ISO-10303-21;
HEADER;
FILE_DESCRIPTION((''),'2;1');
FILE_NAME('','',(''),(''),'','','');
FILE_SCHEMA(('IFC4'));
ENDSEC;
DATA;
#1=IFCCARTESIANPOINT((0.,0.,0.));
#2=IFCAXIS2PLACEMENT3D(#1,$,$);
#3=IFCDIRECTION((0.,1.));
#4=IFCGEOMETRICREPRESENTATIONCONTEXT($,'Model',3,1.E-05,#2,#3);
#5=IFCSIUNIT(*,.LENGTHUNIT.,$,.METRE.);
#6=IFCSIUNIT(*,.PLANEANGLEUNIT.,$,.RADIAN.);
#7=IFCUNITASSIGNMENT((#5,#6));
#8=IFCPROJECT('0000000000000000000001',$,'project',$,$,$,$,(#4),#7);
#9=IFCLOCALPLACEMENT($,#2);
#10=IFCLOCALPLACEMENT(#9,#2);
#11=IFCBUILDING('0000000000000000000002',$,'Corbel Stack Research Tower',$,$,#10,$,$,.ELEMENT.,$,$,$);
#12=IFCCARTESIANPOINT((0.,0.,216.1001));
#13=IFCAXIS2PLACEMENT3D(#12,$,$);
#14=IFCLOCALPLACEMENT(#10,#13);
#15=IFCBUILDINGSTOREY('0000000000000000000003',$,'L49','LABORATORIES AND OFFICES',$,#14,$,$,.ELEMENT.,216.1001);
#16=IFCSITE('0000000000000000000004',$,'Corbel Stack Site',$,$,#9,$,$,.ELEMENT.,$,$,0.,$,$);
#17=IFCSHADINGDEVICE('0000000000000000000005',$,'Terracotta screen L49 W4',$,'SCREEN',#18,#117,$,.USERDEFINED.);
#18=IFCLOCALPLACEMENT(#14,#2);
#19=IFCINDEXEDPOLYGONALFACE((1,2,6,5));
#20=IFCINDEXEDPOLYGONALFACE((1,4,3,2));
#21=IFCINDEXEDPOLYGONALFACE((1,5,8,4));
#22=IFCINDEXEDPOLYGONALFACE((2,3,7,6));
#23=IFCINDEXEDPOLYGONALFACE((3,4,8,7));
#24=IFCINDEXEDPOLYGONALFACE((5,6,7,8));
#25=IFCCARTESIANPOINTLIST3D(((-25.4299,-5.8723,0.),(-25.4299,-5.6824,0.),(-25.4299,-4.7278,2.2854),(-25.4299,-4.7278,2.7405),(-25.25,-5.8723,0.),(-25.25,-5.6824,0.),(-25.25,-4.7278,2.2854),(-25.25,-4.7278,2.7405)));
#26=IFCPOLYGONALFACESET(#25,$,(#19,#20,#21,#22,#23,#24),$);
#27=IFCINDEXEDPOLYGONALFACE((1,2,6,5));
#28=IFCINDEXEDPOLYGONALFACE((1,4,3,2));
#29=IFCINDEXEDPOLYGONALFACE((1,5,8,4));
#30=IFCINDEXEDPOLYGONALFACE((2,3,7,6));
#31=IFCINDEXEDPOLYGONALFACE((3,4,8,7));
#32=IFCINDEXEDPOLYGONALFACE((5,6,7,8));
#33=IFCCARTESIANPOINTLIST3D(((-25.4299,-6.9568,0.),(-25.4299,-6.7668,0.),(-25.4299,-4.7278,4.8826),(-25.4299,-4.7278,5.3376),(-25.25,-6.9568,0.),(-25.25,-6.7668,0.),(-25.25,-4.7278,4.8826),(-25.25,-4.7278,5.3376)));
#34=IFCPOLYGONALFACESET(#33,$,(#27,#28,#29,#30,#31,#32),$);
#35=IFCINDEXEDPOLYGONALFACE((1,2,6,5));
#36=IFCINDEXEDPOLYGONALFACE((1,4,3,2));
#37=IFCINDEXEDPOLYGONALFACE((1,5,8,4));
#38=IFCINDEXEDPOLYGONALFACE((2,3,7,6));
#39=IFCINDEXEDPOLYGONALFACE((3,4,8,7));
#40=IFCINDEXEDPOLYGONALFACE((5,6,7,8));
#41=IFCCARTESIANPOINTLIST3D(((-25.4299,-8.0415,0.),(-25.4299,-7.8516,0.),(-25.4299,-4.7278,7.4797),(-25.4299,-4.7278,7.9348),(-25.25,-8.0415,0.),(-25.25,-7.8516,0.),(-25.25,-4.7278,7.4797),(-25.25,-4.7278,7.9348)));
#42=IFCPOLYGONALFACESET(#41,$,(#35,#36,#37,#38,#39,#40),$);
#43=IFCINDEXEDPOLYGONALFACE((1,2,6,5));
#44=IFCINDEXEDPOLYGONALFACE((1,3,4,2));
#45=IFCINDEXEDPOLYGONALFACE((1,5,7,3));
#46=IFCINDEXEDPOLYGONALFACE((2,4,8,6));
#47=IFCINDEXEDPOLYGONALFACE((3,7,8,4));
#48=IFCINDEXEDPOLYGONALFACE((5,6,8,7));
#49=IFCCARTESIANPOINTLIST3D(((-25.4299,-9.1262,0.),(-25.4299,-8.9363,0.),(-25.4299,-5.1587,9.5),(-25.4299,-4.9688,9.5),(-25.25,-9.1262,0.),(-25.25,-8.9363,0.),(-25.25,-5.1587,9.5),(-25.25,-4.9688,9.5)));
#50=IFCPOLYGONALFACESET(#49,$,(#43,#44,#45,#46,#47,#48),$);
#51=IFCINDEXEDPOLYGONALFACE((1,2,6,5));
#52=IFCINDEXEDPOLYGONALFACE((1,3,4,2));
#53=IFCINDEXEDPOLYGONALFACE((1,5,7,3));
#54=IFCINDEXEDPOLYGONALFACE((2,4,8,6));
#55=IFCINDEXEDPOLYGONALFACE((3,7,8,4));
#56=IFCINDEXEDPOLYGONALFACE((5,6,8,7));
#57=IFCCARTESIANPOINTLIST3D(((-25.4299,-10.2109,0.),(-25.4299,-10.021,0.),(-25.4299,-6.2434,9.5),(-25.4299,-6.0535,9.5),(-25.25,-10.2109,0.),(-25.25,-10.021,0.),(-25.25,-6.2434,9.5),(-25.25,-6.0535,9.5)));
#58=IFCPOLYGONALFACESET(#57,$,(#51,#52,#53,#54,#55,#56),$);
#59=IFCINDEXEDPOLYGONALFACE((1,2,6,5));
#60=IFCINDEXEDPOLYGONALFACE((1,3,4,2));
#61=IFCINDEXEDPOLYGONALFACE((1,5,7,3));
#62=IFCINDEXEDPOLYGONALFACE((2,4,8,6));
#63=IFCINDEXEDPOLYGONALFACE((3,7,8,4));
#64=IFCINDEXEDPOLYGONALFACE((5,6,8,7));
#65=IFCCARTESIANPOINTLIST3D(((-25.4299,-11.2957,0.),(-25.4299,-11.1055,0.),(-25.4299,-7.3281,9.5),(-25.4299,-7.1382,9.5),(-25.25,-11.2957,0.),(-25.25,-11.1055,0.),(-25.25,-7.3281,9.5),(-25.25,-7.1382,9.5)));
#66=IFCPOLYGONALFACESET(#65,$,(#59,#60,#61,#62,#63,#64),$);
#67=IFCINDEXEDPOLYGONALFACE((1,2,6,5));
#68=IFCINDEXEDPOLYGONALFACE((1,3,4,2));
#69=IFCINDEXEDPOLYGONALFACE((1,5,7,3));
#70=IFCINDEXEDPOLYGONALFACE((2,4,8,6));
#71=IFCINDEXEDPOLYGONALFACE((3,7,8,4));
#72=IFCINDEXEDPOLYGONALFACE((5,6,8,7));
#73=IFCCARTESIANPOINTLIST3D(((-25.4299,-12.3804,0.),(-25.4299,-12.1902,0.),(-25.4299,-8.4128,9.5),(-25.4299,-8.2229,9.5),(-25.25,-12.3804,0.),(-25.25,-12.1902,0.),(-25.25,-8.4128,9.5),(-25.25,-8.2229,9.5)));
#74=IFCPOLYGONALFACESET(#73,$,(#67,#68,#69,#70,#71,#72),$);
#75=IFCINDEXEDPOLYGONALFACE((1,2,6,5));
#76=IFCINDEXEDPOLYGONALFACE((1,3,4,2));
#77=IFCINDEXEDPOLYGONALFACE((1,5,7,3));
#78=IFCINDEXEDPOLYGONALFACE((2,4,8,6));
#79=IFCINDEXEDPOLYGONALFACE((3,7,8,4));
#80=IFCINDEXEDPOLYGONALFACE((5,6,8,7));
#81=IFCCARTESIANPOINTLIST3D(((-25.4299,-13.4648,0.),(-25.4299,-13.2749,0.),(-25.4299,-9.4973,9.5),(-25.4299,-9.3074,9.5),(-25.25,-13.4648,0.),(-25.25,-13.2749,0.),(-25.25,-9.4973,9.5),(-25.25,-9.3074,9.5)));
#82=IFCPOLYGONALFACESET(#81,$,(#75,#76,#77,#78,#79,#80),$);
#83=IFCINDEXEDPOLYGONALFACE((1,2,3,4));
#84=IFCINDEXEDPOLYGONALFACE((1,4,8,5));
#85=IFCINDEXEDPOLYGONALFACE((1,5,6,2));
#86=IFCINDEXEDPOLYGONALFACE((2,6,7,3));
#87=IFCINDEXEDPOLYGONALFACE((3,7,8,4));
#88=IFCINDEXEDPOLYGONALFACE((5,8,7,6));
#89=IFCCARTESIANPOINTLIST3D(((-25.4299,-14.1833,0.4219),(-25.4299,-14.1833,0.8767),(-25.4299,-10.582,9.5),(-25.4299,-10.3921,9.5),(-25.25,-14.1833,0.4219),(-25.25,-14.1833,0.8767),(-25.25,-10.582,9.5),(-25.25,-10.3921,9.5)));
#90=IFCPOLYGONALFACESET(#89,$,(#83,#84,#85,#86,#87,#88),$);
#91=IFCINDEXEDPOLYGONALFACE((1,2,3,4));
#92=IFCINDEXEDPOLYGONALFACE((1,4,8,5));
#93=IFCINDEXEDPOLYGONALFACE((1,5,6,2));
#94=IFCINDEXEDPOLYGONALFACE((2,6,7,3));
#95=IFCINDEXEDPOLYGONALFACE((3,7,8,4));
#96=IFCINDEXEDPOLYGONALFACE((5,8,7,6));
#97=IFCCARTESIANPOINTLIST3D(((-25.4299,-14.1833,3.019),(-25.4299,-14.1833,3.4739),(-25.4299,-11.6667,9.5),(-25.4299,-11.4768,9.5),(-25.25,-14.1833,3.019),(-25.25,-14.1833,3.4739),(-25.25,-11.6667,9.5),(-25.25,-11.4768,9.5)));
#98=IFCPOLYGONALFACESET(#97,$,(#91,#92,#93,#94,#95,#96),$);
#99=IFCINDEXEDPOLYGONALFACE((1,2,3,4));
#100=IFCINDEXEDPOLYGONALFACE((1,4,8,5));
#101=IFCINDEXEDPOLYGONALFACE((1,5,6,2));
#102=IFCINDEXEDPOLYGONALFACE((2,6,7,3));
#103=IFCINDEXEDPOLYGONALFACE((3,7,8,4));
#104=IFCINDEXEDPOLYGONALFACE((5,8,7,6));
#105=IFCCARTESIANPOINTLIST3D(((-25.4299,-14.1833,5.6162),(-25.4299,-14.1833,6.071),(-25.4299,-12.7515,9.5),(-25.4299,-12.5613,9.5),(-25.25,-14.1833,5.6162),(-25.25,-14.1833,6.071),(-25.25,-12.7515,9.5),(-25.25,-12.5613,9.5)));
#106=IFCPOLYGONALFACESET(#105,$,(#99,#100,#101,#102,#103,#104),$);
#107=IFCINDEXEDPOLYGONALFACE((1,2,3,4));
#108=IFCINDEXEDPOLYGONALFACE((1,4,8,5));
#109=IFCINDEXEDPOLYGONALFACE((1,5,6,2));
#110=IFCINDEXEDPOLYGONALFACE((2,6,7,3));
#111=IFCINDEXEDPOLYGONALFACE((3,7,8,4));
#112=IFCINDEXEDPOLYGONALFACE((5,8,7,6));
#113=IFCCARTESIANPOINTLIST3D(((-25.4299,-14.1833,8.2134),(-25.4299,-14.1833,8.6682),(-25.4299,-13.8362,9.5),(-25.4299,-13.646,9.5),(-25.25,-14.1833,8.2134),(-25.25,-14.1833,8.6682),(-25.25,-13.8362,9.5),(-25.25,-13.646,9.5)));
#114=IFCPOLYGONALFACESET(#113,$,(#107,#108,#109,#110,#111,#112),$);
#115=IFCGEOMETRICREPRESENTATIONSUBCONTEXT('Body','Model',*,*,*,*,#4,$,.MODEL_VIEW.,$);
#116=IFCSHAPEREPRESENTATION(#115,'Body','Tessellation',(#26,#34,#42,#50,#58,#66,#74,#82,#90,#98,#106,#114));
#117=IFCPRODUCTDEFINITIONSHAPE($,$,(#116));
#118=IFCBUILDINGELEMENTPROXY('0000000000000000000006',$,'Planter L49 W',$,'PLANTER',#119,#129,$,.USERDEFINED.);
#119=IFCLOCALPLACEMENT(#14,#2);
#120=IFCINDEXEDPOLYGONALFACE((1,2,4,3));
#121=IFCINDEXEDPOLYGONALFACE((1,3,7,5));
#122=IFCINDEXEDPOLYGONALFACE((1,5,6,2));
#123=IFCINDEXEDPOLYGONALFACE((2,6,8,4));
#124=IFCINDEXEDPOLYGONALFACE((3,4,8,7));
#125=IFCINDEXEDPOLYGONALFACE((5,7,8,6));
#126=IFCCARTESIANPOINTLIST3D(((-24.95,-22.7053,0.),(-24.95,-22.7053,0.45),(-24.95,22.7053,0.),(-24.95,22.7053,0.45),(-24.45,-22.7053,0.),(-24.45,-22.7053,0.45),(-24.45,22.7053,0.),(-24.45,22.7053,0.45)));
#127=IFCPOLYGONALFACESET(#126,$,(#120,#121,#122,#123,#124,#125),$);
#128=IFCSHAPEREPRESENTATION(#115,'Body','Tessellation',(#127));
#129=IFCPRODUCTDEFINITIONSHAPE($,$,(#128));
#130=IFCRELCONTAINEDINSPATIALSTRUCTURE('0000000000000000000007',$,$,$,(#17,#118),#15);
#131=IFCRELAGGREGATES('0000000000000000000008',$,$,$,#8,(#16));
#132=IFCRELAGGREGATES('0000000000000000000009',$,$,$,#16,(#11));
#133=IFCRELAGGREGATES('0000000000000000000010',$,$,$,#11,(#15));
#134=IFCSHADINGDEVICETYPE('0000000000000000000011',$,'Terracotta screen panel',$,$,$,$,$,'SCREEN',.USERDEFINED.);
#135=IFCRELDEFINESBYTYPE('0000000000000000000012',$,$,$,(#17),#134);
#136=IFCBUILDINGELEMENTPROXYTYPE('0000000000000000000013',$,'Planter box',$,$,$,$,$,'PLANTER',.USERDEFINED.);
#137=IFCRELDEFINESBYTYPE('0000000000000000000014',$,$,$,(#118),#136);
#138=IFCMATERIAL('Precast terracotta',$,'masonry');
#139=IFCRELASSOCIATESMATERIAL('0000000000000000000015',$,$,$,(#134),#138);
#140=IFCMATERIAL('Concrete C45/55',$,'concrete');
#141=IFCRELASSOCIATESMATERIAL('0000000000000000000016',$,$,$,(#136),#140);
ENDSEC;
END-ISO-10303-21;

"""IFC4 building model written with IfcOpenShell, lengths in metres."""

from ifc_helpers import new_model, si_unit, direction, frame, origin, origin_2d, place, context, subcontext, project, spatial, polyline, rectangle, outline, extrude, source, transform, mapped, material, type_object, element, save


model = new_model("IFC4")

# Units and contexts
model_context = context("Model", 3, precision=1e-05, world=origin(), true_north=direction((0.0, 1.0)))
body_context = subcontext(model_context, "Body", "Model", "MODEL_VIEW")
ifc_project = project(units=[si_unit("LENGTHUNIT", "METRE"), si_unit("PLANEANGLEUNIT", "RADIAN")], contexts=[model_context])

# Site, building, storey
site_placement = place(None, origin())
site = spatial("IfcSite", under=ifc_project, at=site_placement, Name="Corbel Stack Site", CompositionType="ELEMENT", RefElevation=0.0)
building_placement = place(site_placement, origin())
building = spatial("IfcBuilding", under=site, at=building_placement, Name="Corbel Stack Research Tower", CompositionType="ELEMENT")
storey_placement = place(building_placement, frame((0.0, 0.0, 216.1001)))
storey = spatial("IfcBuildingStorey", under=building, at=storey_placement, Name="L49", Description="LABORATORIES AND OFFICES", CompositionType="ELEMENT", Elevation=216.1001)

# Shading device
ifc_material_1 = material(Name="Precast terracotta", Category="masonry")
shading_device_type = type_object("IfcShadingDeviceType", Name="Terracotta screen panel", ElementType="SCREEN", PredefinedType="USERDEFINED", material=ifc_material_1)
shared_shape = source(origin(), body_context, "Body", "SweptSolid", [
    extrude(outline(polyline([(1.1445, 0.0), (0.0, 2.7405), (0.0, 2.2854), (0.9546, 0.0), (1.1445, 0.0)])), frame((0.0, 0.0, 0.0), z_axis=(0.0, -1.0, 0.0), x_axis=(1.0, 0.0, 0.0)), (0.0, 0.0, 1.0), 0.1799),
    extrude(outline(polyline([(2.229, 0.0), (0.0, 5.3376), (0.0, 4.8826), (2.0391, 0.0), (2.229, 0.0)])), frame((0.0, 0.0, 0.0), z_axis=(0.0, -1.0, 0.0), x_axis=(1.0, 0.0, 0.0)), (0.0, 0.0, 1.0), 0.1799),
    extrude(outline(polyline([(3.3137, 0.0), (0.0, 7.9348), (0.0, 7.4797), (3.1238, 0.0), (3.3137, 0.0)])), frame((0.0, 0.0, 0.0), z_axis=(0.0, -1.0, 0.0), x_axis=(1.0, 0.0, 0.0)), (0.0, 0.0, 1.0), 0.1799),
    extrude(outline(polyline([(4.3984, 0.0), (0.4309, 9.5), (0.241, 9.5), (4.2085, 0.0), (4.3984, 0.0)])), frame((0.0, 0.0, 0.0), z_axis=(0.0, -1.0, 0.0), x_axis=(1.0, 0.0, 0.0)), (0.0, 0.0, 1.0), 0.1799),
    extrude(outline(polyline([(5.4832, 0.0), (1.5156, 9.5), (1.3257, 9.5), (5.2932, 0.0), (5.4832, 0.0)])), frame((0.0, 0.0, 0.0), z_axis=(0.0, -1.0, 0.0), x_axis=(1.0, 0.0, 0.0)), (0.0, 0.0, 1.0), 0.1799),
    extrude(outline(polyline([(6.5679, 0.0), (2.6003, 9.5), (2.4104, 9.5), (6.3777, 0.0), (6.5679, 0.0)])), frame((0.0, 0.0, 0.0), z_axis=(0.0, -1.0, 0.0), x_axis=(1.0, 0.0, 0.0)), (0.0, 0.0, 1.0), 0.1799),
    extrude(outline(polyline([(7.6526, 0.0), (3.6851, 9.5), (3.4951, 9.5), (7.4624, 0.0), (7.6526, 0.0)])), frame((0.0, 0.0, 0.0), z_axis=(0.0, -1.0, 0.0), x_axis=(1.0, 0.0, 0.0)), (0.0, 0.0, 1.0), 0.1799),
    extrude(outline(polyline([(8.7371, 0.0), (4.7695, 9.5), (4.5796, 9.5), (8.5471, 0.0), (8.7371, 0.0)])), frame((0.0, 0.0, 0.0), z_axis=(0.0, -1.0, 0.0), x_axis=(1.0, 0.0, 0.0)), (0.0, 0.0, 1.0), 0.1799),
    extrude(outline(polyline([(5.8542, 9.5), (5.6643, 9.5), (9.4556, 0.4219), (9.4556, 0.8767), (5.8542, 9.5)])), frame((0.0, 0.0, 0.0), z_axis=(0.0, -1.0, 0.0), x_axis=(1.0, 0.0, 0.0)), (0.0, 0.0, 1.0), 0.1799),
    extrude(outline(polyline([(6.939, 9.5), (6.749, 9.5), (9.4556, 3.019), (9.4556, 3.4739), (6.939, 9.5)])), frame((0.0, 0.0, 0.0), z_axis=(0.0, -1.0, 0.0), x_axis=(1.0, 0.0, 0.0)), (0.0, 0.0, 1.0), 0.1799),
    extrude(outline(polyline([(8.0237, 9.5), (7.8335, 9.5), (9.4556, 5.6162), (9.4556, 6.071), (8.0237, 9.5)])), frame((0.0, 0.0, 0.0), z_axis=(0.0, -1.0, 0.0), x_axis=(1.0, 0.0, 0.0)), (0.0, 0.0, 1.0), 0.1799),
    extrude(outline(polyline([(9.1084, 9.5), (8.9182, 9.5), (9.4556, 8.2134), (9.4556, 8.6682), (9.1084, 9.5)])), frame((0.0, 0.0, 0.0), z_axis=(0.0, -1.0, 0.0), x_axis=(1.0, 0.0, 0.0)), (0.0, 0.0, 1.0), 0.1799),
])
shading_device_placement = place(storey_placement, frame((-25.25, -4.7278, 0.0), z_axis=(0.0, 0.0, 1.0), x_axis=(0.0, -1.0, 0.0)))
element("IfcShadingDevice", 1, at=shading_device_placement, inside=storey, type_object=shading_device_type, Name="Terracotta screen L49 W4", ObjectType="SCREEN", PredefinedType="USERDEFINED", context=body_context, shape_type="MappedRepresentation", body=[
    mapped(shared_shape, transform((0.0, 0.0, 0.0))),
])

# Building element proxy
ifc_material_2 = material(Name="Concrete C45/55", Category="concrete")
building_element_proxy_type = type_object("IfcBuildingElementProxyType", Name="Planter box", ElementType="PLANTER", PredefinedType="USERDEFINED", material=ifc_material_2)
proxy_placement = place(storey_placement, frame((-24.7, 0.0, 0.0), z_axis=(0.0, 0.0, 1.0), x_axis=(0.0, -1.0, 0.0)))
element("IfcBuildingElementProxy", 2, at=proxy_placement, inside=storey, type_object=building_element_proxy_type, Name="Planter L49 W", ObjectType="PLANTER", PredefinedType="USERDEFINED", context=body_context, shape_type="SweptSolid", body=[
    extrude(rectangle(XDim=45.4106, YDim=0.5, at=origin_2d()), origin(), (0.0, 0.0, 1.0), 0.45),
])

save(model, "model.ifc")
